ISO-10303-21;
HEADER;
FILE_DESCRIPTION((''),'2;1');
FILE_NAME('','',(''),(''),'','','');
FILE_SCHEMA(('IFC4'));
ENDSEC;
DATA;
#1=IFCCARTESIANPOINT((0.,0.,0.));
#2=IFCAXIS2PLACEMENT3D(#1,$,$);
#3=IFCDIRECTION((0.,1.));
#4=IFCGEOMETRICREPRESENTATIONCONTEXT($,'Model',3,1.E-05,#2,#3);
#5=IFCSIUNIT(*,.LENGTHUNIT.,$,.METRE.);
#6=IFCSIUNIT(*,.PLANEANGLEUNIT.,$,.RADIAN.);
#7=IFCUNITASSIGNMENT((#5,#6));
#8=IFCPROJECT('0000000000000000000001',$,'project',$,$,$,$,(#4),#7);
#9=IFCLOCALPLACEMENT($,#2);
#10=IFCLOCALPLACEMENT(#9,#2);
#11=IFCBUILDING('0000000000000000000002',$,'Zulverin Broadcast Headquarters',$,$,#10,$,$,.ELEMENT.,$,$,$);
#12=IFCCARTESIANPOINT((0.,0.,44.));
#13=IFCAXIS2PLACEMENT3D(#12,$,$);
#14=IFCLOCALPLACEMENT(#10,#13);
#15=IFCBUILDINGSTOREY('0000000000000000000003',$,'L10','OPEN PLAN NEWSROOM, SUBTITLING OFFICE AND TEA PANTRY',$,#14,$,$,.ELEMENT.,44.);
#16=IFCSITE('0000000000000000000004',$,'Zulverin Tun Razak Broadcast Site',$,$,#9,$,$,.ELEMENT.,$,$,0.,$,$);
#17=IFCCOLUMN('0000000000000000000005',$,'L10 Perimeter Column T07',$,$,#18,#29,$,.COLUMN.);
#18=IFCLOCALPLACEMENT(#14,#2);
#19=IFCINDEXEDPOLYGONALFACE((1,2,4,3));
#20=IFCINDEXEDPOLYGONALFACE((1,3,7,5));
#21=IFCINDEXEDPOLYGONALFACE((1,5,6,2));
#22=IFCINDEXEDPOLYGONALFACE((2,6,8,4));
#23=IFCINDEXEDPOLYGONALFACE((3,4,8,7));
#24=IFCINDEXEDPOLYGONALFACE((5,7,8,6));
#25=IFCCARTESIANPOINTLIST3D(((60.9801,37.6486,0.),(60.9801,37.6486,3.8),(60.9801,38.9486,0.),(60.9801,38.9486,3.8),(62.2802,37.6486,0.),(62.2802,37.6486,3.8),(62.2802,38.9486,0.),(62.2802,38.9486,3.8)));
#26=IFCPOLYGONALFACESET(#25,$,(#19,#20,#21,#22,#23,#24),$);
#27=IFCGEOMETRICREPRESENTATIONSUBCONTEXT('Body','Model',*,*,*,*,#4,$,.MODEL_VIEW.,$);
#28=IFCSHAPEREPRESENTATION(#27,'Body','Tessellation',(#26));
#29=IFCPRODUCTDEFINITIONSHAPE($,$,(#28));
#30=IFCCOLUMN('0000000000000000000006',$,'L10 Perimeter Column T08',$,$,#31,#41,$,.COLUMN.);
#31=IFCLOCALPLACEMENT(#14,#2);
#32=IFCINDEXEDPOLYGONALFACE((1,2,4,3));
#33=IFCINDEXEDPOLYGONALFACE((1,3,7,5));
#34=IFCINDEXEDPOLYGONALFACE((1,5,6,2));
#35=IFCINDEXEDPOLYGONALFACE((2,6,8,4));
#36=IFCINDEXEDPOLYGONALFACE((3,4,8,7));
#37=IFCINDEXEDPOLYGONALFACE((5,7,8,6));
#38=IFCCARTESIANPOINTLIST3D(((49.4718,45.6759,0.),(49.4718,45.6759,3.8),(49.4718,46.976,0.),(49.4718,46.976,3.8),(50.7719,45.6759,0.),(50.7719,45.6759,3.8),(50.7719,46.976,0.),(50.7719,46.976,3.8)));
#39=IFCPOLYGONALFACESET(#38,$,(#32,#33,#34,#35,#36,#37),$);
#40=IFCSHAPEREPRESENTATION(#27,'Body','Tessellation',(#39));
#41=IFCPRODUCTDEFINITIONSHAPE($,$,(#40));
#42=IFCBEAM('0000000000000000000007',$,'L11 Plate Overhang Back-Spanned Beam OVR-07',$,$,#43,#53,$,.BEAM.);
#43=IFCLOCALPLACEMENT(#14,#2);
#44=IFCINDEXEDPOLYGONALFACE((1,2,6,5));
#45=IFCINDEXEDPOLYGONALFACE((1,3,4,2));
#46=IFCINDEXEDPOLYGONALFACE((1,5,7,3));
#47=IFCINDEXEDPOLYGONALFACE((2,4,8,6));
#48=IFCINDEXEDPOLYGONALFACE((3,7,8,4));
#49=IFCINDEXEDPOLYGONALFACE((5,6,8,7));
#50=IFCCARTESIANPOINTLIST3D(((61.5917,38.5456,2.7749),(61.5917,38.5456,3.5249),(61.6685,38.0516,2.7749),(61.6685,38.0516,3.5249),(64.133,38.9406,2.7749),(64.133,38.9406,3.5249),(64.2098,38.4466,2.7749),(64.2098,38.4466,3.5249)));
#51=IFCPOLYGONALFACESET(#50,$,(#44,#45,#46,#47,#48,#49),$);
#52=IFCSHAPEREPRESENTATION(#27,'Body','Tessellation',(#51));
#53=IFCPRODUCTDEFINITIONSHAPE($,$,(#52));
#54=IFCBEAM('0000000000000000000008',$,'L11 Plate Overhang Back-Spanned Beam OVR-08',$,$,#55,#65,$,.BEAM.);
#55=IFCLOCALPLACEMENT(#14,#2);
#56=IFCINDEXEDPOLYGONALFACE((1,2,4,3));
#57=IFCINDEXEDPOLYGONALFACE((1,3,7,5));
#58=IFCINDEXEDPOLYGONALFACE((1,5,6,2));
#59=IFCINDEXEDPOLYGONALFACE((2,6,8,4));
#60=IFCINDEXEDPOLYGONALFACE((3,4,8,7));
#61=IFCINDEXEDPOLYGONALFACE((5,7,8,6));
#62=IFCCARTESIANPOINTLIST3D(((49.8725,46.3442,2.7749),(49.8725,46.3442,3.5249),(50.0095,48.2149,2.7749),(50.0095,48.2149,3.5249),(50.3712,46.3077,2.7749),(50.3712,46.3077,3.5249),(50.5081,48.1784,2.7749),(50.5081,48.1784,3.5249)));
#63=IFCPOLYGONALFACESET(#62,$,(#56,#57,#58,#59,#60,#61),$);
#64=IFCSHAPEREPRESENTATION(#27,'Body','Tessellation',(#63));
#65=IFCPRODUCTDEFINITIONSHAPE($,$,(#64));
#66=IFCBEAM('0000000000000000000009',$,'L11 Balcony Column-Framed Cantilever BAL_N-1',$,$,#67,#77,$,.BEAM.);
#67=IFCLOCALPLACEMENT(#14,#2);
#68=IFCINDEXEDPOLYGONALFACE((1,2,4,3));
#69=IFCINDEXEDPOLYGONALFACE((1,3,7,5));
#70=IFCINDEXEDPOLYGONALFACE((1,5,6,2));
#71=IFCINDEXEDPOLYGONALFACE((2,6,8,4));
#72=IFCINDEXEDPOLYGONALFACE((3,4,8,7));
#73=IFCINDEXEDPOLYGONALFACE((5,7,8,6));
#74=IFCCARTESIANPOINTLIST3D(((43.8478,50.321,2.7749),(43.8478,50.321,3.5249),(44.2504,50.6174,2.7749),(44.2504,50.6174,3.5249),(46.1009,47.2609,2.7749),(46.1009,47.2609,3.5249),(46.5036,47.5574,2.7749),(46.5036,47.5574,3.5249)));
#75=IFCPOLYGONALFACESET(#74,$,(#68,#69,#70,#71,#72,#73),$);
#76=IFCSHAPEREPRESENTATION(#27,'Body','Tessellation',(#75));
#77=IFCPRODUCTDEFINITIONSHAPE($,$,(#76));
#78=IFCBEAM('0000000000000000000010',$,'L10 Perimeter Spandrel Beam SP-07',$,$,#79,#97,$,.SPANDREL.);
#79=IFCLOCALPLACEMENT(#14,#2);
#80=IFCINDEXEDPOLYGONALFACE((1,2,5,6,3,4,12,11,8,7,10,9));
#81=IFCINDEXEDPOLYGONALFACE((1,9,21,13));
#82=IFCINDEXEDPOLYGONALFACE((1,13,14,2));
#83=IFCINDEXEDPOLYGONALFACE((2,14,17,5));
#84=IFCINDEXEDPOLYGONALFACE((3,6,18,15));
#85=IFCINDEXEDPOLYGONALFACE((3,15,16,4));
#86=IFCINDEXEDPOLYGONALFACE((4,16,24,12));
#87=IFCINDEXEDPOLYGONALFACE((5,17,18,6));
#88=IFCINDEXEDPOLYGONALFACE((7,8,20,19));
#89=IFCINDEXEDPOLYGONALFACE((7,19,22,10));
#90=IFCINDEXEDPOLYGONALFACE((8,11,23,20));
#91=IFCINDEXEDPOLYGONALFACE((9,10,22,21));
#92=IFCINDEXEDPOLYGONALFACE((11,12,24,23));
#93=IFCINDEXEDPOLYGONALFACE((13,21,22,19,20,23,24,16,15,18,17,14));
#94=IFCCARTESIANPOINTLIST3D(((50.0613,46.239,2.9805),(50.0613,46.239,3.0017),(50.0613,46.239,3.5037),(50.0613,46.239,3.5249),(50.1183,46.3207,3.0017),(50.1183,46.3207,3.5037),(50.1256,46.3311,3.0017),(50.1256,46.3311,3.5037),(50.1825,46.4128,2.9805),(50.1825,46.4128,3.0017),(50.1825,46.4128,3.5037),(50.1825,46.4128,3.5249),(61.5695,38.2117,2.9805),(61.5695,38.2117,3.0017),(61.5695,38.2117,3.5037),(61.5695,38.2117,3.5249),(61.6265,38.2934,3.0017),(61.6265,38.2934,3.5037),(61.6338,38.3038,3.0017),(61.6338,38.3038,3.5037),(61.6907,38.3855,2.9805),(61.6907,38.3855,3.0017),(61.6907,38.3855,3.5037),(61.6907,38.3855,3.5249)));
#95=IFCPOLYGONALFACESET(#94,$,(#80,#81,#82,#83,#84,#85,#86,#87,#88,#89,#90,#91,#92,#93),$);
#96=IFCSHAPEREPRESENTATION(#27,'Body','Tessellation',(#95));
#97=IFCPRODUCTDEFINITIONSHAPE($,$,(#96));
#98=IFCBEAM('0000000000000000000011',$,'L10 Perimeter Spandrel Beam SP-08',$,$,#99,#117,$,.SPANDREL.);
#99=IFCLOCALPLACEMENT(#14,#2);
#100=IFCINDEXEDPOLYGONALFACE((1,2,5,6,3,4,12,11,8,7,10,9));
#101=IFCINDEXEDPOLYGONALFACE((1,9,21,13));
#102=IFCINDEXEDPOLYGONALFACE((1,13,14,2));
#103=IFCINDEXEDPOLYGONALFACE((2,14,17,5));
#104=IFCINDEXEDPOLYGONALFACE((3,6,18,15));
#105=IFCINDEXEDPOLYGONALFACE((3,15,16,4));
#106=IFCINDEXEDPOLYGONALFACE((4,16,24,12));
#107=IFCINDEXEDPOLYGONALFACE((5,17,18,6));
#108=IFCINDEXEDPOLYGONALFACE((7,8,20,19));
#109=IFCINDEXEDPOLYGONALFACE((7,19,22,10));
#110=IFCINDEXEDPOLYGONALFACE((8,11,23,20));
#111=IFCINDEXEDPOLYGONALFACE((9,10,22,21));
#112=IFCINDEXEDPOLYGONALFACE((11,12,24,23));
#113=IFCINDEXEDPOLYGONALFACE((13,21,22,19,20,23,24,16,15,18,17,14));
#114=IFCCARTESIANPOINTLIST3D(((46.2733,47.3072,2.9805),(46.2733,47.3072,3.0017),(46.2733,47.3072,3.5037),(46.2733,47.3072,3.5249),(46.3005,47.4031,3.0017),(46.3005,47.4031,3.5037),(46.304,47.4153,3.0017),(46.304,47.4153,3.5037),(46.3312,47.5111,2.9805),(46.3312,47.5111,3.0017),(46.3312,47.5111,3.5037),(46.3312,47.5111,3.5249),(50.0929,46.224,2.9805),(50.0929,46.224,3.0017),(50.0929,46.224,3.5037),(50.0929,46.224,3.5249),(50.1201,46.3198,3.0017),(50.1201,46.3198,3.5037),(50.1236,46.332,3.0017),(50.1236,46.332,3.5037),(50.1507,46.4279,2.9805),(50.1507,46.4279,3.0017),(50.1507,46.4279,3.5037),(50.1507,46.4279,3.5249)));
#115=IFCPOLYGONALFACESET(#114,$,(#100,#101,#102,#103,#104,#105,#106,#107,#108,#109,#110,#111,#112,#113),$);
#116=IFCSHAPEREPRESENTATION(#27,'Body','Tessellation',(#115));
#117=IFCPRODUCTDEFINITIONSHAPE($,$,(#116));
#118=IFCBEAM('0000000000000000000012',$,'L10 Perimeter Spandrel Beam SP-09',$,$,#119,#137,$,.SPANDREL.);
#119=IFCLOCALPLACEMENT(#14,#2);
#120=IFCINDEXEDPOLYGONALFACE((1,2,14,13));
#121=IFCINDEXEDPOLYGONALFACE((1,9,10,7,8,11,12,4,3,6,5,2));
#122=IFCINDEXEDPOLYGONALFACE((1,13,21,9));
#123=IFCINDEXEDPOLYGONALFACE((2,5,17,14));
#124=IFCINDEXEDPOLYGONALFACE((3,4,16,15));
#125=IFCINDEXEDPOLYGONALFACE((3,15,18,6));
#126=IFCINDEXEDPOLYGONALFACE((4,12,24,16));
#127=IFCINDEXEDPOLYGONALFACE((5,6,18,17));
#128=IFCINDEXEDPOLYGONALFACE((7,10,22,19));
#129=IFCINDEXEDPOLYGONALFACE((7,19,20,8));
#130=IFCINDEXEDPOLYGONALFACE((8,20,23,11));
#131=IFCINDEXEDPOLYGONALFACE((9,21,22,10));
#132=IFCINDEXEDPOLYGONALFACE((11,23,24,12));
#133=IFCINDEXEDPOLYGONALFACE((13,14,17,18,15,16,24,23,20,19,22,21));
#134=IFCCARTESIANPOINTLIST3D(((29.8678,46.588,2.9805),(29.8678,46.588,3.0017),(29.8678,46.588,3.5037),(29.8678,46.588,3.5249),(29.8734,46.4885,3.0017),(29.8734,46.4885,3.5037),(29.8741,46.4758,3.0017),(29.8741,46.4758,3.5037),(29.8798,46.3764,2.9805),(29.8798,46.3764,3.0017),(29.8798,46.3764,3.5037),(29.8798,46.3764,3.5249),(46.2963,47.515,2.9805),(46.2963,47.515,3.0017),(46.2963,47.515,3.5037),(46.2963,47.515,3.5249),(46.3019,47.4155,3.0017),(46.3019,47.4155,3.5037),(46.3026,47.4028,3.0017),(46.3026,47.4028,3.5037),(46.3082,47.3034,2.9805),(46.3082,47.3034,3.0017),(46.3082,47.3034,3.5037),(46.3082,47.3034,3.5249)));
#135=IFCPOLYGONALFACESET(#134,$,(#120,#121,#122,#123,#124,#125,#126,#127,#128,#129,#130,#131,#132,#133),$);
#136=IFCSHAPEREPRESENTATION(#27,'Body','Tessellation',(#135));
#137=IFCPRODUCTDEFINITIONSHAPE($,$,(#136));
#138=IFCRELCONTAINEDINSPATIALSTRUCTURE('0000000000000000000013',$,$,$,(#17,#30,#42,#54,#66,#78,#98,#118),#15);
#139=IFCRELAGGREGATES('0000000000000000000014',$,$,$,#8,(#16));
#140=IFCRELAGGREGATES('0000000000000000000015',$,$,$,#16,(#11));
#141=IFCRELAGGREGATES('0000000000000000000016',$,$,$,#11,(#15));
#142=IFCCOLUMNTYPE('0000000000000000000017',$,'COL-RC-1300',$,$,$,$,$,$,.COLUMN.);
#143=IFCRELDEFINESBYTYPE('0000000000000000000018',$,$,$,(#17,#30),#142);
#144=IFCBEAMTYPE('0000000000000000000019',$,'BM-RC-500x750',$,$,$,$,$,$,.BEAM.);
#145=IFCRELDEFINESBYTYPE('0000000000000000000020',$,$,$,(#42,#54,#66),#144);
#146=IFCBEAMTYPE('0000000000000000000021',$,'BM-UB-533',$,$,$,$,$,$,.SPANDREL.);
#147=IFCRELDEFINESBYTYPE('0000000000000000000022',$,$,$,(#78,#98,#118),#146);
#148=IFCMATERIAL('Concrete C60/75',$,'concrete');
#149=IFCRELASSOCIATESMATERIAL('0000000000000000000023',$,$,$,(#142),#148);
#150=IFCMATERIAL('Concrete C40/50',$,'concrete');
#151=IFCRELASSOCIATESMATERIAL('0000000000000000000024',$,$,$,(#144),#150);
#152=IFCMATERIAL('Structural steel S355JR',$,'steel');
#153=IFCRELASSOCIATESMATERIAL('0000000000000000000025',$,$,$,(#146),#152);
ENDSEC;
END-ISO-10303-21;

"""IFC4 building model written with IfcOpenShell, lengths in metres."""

from ifc_helpers import new_model, si_unit, direction, frame, origin, origin_2d, place, context, subcontext, project, spatial, rectangle, i_section, extrude, material, material_profile, profile_set, type_object, element, save


model = new_model("IFC4")

# Units and contexts
model_context = context("Model", 3, precision=1e-05, world=origin(), true_north=direction((0.0, 1.0)))
body_context = subcontext(model_context, "Body", "Model", "MODEL_VIEW")
ifc_project = project(units=[si_unit("LENGTHUNIT", "METRE"), si_unit("PLANEANGLEUNIT", "RADIAN")], contexts=[model_context])

# Site, building, storey
site_placement = place(None, origin())
site = spatial("IfcSite", under=ifc_project, at=site_placement, Name="Zulverin Tun Razak Broadcast Site", CompositionType="ELEMENT", RefElevation=0.0)
building_placement = place(site_placement, origin())
building = spatial("IfcBuilding", under=site, at=building_placement, Name="Zulverin Broadcast Headquarters", CompositionType="ELEMENT")
storey_placement = place(building_placement, frame((0.0, 0.0, 44.0)))
storey = spatial("IfcBuildingStorey", under=building, at=storey_placement, Name="L10", Description="OPEN PLAN NEWSROOM, SUBTITLING OFFICE AND TEA PANTRY", CompositionType="ELEMENT", Elevation=44.0)

# Columns
ifc_material_1 = material(Name="Concrete C60/75", Category="concrete")
ifc_material_profile_1 = material_profile(ifc_material_1, rectangle(XDim=1.3, YDim=1.3, at=origin_2d()), Name="Concrete C60/75", Category="concrete")
ifc_profile_set_1 = profile_set([ifc_material_profile_1], Name="Concrete C60/75")
column_type = type_object("IfcColumnType", Name="COL-RC-1300", PredefinedType="COLUMN", material=ifc_profile_set_1)
for number, where, z_axis, x_axis, name in (
    (1, (61.6301, 38.2986, 0.0), (0.0, 0.0, 1.0), (1.0, 0.0, 0.0), "L10 Perimeter Column T07"),
    (2, (50.1218, 46.3259, 0.0), (0.0, 0.0, 1.0), (1.0, 0.0, 0.0), "L10 Perimeter Column T08"),
):
    element("IfcColumn", number, at=place(storey_placement, frame(where, z_axis=z_axis, x_axis=x_axis)), inside=storey, type_object=column_type, Name=name, PredefinedType="COLUMN", context=body_context, shape_type="SweptSolid", body=[
        extrude(rectangle(XDim=1.3, YDim=1.3, at=origin_2d()), origin(), (0.0, 0.0, 1.0), 3.8),
    ])

# Beams
ifc_material_2 = material(Name="Concrete C40/50", Category="concrete")
ifc_material_profile_2 = material_profile(ifc_material_2, rectangle(XDim=0.5, YDim=0.75, at=origin_2d()), Name="Concrete C40/50", Category="concrete")
ifc_profile_set_2 = profile_set([ifc_material_profile_2], Name="Concrete C40/50")
beam_type_1 = type_object("IfcBeamType", Name="BM-RC-500x750", PredefinedType="BEAM", material=ifc_profile_set_2)
beam_1_placement = place(storey_placement, frame((61.6301, 38.2986, 3.1499), z_axis=(0.988133, 0.153598, 0.0), x_axis=(-0.153598, 0.988133, 0.0)))
element("IfcBeam", 3, at=beam_1_placement, inside=storey, type_object=beam_type_1, Name="L11 Plate Overhang Back-Spanned Beam OVR-07", PredefinedType="BEAM", context=body_context, shape_type="SweptSolid", body=[
    extrude(rectangle(XDim=0.5, YDim=0.75, at=origin_2d()), origin(), (0.0, 0.0, 1.0), 2.5718),
])
beam_2_placement = place(storey_placement, frame((50.1218, 46.3259, 3.1499), z_axis=(0.073023, 0.99733, 0.0), x_axis=(-0.99733, 0.073023, 0.0)))
element("IfcBeam", 4, at=beam_2_placement, inside=storey, type_object=beam_type_1, Name="L11 Plate Overhang Back-Spanned Beam OVR-08", PredefinedType="BEAM", context=body_context, shape_type="SweptSolid", body=[
    extrude(rectangle(XDim=0.5, YDim=0.75, at=origin_2d()), origin(), (0.0, 0.0, 1.0), 1.8757),
])
beam_3_placement = place(storey_placement, frame((46.3022, 47.4092, 3.1499), z_axis=(-0.592925, 0.805258, 0.0), x_axis=(-0.805258, -0.592925, 0.0)))
element("IfcBeam", 5, at=beam_3_placement, inside=storey, type_object=beam_type_1, Name="L11 Balcony Column-Framed Cantilever BAL_N-1", PredefinedType="BEAM", context=body_context, shape_type="SweptSolid", body=[
    extrude(rectangle(XDim=0.5, YDim=0.75, at=origin_2d()), origin(), (0.0, 0.0, 1.0), 3.8),
])
ifc_material_3 = material(Name="Structural steel S355JR", Category="steel")
ifc_material_profile_3 = material_profile(ifc_material_3, i_section(OverallWidth=0.2119, OverallDepth=0.5444, WebThickness=0.0127, FlangeThickness=0.0212, at=origin_2d()), Name="Structural steel S355JR", Category="steel")
ifc_profile_set_3 = profile_set([ifc_material_profile_3], Name="Structural steel S355JR")
beam_type_2 = type_object("IfcBeamType", Name="BM-UB-533", PredefinedType="SPANDREL", material=ifc_profile_set_3)
beam_4_placement = place(storey_placement, frame((61.6301, 38.2986, 3.2527), z_axis=(-0.820184, 0.5721, 0.0), x_axis=(-0.5721, -0.820184, 0.0)))
element("IfcBeam", 6, at=beam_4_placement, inside=storey, type_object=beam_type_2, Name="L10 Perimeter Spandrel Beam SP-07", PredefinedType="SPANDREL", context=body_context, shape_type="SweptSolid", body=[
    extrude(i_section(OverallWidth=0.2119, OverallDepth=0.5444, WebThickness=0.0127, FlangeThickness=0.0212, at=origin_2d()), origin(), (0.0, 0.0, 1.0), 14.0312),
])
beam_5_placement = place(storey_placement, frame((50.1218, 46.3259, 3.2527), z_axis=(-0.962058, 0.272844, 0.0), x_axis=(-0.272844, -0.962058, 0.0)))
element("IfcBeam", 7, at=beam_5_placement, inside=storey, type_object=beam_type_2, Name="L10 Perimeter Spandrel Beam SP-08", PredefinedType="SPANDREL", context=body_context, shape_type="SweptSolid", body=[
    extrude(i_section(OverallWidth=0.2119, OverallDepth=0.5444, WebThickness=0.0127, FlangeThickness=0.0212, at=origin_2d()), origin(), (0.0, 0.0, 1.0), 3.9702),
])
beam_6_placement = place(storey_placement, frame((46.3022, 47.4092, 3.2527), z_axis=(-0.998412, -0.056337, 0.0), x_axis=(0.056337, -0.998412, 0.0)))
element("IfcBeam", 8, at=beam_6_placement, inside=storey, type_object=beam_type_2, Name="L10 Perimeter Spandrel Beam SP-09", PredefinedType="SPANDREL", context=body_context, shape_type="SweptSolid", body=[
    extrude(i_section(OverallWidth=0.2119, OverallDepth=0.5444, WebThickness=0.0127, FlangeThickness=0.0212, at=origin_2d()), origin(), (0.0, 0.0, 1.0), 16.4546),
])

save(model, "model.ifc")
